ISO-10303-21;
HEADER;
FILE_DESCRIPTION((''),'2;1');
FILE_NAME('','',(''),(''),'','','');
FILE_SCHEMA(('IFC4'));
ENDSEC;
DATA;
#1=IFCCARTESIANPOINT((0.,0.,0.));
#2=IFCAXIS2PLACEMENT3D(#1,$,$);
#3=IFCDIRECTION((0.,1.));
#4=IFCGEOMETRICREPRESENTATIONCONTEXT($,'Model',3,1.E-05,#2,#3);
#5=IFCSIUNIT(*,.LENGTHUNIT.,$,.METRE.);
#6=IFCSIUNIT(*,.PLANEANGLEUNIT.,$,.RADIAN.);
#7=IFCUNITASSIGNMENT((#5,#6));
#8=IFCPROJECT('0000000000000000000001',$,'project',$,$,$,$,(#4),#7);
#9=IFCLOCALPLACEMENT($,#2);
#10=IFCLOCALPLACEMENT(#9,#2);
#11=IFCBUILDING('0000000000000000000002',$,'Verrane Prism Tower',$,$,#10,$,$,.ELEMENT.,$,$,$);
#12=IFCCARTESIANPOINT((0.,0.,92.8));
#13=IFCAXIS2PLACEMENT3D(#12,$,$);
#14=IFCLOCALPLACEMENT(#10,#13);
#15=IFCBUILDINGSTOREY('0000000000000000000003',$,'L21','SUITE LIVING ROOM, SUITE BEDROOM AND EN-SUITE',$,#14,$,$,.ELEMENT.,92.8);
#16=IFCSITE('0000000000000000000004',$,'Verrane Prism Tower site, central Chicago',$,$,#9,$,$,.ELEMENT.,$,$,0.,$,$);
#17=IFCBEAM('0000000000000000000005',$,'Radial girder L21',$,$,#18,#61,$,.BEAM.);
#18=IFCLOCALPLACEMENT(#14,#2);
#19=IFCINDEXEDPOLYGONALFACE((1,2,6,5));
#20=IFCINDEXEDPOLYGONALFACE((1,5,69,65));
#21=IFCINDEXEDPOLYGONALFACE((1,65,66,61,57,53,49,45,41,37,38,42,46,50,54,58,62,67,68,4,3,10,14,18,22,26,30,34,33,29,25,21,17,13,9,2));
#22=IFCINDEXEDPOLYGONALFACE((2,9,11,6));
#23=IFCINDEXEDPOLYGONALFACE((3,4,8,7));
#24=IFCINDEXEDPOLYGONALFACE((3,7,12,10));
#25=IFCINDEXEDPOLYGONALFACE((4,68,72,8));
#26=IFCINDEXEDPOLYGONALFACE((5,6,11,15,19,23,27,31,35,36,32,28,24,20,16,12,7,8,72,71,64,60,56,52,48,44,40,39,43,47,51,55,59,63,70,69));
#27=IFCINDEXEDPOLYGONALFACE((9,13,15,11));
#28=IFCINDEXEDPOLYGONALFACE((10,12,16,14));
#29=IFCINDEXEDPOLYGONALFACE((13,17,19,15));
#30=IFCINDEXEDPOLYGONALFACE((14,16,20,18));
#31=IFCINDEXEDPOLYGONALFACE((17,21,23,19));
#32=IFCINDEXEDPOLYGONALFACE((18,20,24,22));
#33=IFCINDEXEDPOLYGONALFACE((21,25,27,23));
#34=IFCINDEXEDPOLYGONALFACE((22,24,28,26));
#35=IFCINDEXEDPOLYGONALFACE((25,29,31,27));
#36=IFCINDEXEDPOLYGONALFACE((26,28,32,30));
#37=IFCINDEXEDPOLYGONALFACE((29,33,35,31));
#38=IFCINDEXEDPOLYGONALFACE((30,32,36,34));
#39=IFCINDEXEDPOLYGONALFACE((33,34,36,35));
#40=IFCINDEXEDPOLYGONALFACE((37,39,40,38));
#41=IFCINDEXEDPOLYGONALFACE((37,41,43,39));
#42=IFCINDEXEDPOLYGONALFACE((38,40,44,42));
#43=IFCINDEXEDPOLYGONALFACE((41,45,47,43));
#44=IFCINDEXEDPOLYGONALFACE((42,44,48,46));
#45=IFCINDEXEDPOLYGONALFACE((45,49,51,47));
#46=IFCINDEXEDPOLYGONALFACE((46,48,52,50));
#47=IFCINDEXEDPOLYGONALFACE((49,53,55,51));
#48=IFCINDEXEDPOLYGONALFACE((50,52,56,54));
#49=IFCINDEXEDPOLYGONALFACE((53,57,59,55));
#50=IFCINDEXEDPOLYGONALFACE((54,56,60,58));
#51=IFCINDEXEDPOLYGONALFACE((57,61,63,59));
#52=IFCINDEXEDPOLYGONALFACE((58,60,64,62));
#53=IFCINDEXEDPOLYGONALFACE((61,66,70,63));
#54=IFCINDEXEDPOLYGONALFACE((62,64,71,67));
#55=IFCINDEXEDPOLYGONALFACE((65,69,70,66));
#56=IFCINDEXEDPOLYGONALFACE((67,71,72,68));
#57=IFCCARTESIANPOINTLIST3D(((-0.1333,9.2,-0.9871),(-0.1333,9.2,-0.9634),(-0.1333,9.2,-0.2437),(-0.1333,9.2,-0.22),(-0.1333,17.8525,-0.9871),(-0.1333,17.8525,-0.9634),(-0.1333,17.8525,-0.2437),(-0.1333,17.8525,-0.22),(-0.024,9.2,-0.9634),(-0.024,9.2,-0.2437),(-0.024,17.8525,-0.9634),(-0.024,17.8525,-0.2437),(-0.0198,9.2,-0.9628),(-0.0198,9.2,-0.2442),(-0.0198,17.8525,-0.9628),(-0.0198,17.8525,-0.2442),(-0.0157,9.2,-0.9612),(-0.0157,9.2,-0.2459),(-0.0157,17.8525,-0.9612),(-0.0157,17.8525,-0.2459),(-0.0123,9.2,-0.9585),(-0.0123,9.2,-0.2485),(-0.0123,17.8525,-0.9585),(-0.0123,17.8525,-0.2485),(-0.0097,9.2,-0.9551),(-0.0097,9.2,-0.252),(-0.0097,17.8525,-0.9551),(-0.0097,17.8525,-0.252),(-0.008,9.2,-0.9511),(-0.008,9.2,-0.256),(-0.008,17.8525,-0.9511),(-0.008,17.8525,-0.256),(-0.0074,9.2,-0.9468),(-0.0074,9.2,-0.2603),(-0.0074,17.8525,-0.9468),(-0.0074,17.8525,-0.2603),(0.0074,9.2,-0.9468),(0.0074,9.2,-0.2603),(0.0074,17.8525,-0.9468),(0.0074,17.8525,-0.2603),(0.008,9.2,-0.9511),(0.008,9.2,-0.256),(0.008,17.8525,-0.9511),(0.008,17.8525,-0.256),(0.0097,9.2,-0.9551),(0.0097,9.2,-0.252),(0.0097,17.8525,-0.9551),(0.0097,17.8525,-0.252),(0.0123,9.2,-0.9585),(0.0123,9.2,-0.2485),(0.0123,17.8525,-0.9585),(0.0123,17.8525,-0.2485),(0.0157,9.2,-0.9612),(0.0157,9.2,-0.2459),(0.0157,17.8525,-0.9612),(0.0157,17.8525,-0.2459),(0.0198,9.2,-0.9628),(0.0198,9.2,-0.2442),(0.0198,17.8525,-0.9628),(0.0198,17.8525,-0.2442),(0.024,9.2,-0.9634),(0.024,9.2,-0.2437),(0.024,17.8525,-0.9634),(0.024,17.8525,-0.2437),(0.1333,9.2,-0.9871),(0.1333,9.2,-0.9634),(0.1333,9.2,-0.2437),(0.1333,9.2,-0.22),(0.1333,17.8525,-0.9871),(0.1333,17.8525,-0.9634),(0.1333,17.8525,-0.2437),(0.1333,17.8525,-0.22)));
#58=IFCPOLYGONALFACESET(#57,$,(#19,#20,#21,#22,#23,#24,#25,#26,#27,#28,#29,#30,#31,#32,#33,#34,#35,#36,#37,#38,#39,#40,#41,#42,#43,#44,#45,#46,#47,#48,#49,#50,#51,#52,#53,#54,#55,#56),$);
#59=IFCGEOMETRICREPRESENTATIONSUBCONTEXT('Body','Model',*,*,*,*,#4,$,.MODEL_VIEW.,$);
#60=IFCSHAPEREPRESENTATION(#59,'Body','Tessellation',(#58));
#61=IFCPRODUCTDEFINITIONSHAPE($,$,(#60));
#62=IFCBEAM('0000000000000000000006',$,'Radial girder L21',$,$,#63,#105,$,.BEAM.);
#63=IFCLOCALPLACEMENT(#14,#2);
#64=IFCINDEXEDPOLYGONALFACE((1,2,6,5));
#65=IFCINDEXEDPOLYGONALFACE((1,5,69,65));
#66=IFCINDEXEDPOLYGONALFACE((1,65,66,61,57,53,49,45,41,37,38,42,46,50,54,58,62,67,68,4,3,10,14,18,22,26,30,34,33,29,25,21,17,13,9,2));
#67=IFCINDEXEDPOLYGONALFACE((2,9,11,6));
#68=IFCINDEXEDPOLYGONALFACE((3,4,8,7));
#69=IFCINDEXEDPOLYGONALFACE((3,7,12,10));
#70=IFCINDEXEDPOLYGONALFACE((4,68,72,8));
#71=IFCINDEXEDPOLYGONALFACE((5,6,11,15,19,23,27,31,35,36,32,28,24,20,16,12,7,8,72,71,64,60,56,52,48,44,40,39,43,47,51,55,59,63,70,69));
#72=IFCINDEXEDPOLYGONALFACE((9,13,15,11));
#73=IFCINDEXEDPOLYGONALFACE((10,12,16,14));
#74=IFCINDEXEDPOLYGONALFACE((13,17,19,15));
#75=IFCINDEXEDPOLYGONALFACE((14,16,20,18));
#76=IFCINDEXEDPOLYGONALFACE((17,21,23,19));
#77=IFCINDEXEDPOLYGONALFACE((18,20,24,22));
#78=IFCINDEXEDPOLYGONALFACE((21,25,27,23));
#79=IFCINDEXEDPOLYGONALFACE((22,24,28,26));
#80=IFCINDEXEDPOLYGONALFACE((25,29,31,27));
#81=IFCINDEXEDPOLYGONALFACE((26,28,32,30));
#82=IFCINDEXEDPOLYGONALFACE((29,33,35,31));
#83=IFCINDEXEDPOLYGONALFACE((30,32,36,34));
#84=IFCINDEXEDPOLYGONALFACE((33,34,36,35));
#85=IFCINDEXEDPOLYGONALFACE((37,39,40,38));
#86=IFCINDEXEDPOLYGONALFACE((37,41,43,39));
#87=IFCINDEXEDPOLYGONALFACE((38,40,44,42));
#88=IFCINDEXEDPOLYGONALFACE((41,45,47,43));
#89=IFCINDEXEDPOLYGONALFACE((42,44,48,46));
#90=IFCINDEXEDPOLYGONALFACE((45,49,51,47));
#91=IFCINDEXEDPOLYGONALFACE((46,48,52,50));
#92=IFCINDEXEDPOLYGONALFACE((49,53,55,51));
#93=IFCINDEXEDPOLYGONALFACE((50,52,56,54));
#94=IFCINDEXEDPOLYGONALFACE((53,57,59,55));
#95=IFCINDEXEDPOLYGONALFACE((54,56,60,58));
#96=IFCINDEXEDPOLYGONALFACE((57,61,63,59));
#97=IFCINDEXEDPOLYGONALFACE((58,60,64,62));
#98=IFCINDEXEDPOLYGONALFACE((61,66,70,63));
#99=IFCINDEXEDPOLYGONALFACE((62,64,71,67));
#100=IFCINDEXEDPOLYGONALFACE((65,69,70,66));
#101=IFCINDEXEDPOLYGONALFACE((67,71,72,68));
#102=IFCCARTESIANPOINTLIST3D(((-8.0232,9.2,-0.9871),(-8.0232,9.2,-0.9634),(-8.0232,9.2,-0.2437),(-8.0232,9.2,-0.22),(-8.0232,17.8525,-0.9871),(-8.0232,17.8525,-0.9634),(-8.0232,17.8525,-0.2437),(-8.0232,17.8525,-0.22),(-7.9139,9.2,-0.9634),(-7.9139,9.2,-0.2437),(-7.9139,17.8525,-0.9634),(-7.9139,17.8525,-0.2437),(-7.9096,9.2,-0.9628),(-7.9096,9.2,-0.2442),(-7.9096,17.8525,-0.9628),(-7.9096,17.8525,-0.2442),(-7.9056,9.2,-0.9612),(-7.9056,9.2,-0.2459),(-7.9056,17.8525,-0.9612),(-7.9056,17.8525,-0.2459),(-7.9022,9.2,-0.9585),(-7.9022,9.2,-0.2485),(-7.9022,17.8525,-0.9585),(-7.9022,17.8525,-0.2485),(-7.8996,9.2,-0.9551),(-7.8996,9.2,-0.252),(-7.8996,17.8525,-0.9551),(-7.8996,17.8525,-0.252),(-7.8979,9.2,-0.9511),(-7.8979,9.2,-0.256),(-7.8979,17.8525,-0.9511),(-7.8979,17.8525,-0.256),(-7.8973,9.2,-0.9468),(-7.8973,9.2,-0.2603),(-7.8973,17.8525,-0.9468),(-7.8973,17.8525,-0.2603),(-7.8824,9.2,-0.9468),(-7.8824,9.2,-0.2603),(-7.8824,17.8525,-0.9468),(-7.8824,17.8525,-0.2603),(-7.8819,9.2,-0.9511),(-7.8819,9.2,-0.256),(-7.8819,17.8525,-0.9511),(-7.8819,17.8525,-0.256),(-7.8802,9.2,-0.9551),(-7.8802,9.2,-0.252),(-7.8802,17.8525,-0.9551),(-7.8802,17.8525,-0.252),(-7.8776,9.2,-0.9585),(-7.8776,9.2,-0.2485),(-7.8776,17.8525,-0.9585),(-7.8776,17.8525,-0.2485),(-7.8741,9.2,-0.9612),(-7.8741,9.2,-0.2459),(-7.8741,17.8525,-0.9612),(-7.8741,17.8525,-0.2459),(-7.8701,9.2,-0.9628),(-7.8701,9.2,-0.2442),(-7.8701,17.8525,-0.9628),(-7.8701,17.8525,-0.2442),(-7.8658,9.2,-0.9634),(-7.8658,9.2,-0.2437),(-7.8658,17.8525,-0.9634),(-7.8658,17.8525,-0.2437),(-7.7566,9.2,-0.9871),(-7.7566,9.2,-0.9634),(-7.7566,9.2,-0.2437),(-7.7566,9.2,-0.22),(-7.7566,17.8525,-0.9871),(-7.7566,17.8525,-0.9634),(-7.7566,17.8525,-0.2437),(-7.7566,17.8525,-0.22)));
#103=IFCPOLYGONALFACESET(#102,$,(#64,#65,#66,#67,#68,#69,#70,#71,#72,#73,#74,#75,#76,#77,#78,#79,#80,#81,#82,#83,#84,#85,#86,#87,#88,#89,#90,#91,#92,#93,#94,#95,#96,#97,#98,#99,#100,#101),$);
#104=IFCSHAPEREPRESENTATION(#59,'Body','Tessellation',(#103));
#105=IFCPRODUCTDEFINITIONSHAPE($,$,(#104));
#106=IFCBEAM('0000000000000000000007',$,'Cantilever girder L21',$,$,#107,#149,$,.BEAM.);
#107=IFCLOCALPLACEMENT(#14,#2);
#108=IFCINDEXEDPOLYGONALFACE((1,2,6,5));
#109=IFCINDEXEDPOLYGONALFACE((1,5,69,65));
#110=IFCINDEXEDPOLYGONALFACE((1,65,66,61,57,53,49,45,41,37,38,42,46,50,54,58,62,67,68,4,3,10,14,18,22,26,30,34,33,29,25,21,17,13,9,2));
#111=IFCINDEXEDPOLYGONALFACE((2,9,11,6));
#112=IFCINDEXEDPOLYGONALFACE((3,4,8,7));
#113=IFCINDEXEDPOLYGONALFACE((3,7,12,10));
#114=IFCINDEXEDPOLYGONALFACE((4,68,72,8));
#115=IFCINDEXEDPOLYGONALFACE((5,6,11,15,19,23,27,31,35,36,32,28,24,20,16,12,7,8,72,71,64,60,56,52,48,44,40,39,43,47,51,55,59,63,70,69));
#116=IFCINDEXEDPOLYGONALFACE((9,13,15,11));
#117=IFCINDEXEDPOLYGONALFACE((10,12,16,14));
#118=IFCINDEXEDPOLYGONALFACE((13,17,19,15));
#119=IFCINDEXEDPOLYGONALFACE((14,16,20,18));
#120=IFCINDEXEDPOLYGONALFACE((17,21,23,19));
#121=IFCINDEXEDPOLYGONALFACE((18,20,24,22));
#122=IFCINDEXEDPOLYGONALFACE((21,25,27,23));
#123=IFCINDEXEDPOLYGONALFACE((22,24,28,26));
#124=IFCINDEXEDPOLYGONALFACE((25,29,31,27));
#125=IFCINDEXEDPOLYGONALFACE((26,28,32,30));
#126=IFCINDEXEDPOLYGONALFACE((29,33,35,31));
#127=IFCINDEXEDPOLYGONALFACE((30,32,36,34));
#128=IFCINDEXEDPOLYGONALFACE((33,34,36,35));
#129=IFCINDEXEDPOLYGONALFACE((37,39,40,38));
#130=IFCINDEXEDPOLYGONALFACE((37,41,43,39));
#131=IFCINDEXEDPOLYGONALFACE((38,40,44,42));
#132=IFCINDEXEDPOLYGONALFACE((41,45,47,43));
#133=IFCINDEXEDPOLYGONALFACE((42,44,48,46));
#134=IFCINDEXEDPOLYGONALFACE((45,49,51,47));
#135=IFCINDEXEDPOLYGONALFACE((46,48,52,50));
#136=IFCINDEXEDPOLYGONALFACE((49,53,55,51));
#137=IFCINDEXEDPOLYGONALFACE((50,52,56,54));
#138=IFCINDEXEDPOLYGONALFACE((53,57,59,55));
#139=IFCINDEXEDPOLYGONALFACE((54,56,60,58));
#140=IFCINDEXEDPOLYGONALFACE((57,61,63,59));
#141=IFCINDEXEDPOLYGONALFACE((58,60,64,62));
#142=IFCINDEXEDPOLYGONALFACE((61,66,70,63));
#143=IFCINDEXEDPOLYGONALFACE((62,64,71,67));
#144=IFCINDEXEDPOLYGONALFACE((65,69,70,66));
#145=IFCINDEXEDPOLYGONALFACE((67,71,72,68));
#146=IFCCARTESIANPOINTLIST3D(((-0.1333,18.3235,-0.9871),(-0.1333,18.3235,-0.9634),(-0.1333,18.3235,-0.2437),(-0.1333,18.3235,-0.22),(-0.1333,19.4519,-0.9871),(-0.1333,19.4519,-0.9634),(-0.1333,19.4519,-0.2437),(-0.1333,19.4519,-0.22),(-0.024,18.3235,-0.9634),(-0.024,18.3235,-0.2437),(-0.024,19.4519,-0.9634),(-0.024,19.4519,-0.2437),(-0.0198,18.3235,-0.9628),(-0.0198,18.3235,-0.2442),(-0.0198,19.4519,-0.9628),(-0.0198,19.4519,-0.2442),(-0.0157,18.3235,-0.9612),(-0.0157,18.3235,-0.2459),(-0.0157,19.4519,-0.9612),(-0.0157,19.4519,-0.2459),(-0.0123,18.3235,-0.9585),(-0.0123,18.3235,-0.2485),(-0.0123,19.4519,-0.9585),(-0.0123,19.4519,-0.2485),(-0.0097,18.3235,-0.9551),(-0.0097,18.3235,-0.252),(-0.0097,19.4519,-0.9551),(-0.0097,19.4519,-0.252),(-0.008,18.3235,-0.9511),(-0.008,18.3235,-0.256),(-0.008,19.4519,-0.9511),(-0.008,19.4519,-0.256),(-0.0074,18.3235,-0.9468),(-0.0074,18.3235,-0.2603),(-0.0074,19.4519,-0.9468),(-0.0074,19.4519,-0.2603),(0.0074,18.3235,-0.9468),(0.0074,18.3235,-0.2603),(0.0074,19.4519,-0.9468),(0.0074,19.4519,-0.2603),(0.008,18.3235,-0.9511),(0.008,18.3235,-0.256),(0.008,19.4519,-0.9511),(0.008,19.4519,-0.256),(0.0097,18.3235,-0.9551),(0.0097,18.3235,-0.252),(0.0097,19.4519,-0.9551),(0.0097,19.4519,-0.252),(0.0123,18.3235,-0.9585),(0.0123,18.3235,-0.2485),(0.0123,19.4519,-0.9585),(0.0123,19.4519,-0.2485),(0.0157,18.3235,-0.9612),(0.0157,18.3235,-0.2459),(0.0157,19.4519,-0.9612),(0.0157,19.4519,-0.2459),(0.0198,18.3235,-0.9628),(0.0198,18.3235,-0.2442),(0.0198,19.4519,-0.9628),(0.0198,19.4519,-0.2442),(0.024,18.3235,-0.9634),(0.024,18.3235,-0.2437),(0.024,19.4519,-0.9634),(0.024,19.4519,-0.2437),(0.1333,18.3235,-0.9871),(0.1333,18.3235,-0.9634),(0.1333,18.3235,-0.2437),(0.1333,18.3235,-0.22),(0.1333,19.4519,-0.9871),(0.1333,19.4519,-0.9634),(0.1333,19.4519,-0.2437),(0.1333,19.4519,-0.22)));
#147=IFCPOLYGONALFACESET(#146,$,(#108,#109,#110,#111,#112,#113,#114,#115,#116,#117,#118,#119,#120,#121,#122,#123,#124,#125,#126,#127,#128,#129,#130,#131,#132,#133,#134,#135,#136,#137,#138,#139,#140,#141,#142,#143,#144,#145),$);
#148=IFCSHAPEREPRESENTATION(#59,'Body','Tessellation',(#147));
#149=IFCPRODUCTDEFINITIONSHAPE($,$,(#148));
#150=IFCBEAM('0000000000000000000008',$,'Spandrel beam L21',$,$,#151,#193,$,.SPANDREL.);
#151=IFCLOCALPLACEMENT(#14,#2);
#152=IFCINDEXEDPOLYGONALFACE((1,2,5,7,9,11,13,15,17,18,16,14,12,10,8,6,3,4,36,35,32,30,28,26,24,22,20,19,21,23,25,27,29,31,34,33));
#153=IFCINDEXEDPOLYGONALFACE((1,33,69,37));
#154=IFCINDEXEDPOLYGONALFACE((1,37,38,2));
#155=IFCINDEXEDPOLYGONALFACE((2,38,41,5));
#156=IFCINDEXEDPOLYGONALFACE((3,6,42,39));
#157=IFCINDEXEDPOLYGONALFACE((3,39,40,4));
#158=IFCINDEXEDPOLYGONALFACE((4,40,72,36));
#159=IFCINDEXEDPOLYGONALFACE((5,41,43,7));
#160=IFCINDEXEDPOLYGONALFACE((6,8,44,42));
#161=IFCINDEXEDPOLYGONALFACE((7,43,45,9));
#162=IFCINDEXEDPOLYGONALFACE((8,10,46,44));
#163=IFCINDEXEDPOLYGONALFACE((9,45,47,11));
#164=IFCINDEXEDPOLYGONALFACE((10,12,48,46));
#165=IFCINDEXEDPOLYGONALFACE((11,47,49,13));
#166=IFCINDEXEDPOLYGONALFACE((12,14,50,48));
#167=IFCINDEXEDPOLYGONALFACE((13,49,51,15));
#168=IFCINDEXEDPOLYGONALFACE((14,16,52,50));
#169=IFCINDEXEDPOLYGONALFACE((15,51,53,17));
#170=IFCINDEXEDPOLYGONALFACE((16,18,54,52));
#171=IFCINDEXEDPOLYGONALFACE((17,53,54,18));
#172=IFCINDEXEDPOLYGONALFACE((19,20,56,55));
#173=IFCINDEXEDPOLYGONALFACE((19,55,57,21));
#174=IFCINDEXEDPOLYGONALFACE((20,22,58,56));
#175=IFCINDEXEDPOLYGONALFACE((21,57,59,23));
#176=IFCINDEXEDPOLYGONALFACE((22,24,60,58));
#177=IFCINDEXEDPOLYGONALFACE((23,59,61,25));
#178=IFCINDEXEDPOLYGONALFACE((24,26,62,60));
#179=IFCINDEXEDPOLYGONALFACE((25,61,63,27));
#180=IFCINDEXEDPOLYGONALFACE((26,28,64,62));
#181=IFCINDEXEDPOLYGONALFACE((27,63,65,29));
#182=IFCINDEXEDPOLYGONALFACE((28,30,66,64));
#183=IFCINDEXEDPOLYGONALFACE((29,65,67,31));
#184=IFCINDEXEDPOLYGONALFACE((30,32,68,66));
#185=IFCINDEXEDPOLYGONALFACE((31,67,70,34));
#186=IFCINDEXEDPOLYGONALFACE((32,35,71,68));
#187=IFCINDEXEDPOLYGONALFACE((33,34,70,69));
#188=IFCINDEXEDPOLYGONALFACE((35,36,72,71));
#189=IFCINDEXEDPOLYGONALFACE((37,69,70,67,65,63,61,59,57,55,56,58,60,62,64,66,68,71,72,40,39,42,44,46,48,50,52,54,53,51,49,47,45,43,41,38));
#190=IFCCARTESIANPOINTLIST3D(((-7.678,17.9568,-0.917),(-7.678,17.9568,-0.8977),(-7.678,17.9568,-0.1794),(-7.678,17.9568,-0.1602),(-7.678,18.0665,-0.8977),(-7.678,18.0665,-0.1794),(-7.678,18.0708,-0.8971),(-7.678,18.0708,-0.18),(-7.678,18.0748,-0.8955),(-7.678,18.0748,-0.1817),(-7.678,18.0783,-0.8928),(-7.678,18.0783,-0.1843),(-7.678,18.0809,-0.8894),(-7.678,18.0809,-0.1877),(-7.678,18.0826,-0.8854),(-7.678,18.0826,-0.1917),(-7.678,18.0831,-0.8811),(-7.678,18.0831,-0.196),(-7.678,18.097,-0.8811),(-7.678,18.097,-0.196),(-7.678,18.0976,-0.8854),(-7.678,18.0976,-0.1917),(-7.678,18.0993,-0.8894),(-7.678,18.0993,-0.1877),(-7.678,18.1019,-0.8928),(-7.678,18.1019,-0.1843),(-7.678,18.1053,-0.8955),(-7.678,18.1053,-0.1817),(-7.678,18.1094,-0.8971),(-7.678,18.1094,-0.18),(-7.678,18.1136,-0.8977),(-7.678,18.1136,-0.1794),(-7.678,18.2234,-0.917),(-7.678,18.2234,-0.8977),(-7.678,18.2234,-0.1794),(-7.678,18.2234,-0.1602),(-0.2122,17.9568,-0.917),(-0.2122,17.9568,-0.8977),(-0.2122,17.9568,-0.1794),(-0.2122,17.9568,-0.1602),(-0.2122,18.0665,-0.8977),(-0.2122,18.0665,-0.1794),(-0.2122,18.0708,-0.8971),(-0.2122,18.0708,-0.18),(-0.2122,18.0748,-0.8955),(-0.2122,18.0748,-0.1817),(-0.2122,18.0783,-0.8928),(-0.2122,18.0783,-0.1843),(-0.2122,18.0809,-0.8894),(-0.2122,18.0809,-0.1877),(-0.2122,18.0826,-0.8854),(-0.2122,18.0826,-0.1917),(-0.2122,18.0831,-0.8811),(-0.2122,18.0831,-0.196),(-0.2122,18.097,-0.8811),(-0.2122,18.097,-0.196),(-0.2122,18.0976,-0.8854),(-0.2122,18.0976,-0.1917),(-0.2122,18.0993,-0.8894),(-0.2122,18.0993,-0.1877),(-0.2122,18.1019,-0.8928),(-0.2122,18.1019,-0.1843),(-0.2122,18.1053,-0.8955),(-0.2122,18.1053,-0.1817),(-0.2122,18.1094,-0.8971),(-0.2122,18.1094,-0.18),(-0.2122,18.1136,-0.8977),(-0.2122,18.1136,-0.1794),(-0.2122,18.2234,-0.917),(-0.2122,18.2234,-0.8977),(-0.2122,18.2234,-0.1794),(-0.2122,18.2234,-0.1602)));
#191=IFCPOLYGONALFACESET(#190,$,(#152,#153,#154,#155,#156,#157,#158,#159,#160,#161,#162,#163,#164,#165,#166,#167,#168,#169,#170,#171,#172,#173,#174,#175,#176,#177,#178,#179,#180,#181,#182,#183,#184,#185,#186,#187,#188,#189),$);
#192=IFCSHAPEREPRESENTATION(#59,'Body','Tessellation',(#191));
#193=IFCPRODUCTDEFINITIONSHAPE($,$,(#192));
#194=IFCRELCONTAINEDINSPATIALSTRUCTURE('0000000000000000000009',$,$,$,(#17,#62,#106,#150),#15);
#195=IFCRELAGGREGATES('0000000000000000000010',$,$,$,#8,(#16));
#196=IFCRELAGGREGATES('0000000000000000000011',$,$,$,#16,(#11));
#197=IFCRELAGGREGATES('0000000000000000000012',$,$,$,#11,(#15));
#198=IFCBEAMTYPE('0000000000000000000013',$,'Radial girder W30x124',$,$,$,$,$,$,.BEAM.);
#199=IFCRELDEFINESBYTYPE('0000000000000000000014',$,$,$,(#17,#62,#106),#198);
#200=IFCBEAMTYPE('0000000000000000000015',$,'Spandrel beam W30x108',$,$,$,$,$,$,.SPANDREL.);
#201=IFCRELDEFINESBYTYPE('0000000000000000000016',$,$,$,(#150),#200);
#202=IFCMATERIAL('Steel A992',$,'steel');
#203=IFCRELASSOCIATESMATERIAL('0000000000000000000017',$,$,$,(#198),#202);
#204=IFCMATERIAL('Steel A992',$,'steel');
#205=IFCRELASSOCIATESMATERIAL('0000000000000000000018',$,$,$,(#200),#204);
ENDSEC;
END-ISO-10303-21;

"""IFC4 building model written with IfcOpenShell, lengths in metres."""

from ifc_helpers import new_model, si_unit, direction, frame, origin, origin_2d, place, context, subcontext, project, spatial, i_section, extrude, material, material_profile, profile_set, type_object, element, save


model = new_model("IFC4")

# Units and contexts
model_context = context("Model", 3, precision=1e-05, world=origin(), true_north=direction((0.0, 1.0)))
body_context = subcontext(model_context, "Body", "Model", "MODEL_VIEW")
ifc_project = project(units=[si_unit("LENGTHUNIT", "METRE"), si_unit("PLANEANGLEUNIT", "RADIAN")], contexts=[model_context])

# Site, building, storey
site_placement = place(None, origin())
site = spatial("IfcSite", under=ifc_project, at=site_placement, Name="Verrane Prism Tower site, central Chicago", CompositionType="ELEMENT", RefElevation=0.0)
building_placement = place(site_placement, origin())
building = spatial("IfcBuilding", under=site, at=building_placement, Name="Verrane Prism Tower", CompositionType="ELEMENT")
storey_placement = place(building_placement, frame((0.0, 0.0, 92.8)))
storey = spatial("IfcBuildingStorey", under=building, at=storey_placement, Name="L21", Description="SUITE LIVING ROOM, SUITE BEDROOM AND EN-SUITE", CompositionType="ELEMENT", Elevation=92.8)

# Beams
ifc_material_1 = material(Name="Steel A992", Category="steel")
ifc_material_profile_1 = material_profile(ifc_material_1, i_section(OverallWidth=0.2666, OverallDepth=0.7671, WebThickness=0.0149, FlangeThickness=0.0237, FilletRadius=0.0166, at=origin_2d()), Name="W30x124")
ifc_profile_set_1 = profile_set([ifc_material_profile_1], Name="Steel A992")
beam_type_1 = type_object("IfcBeamType", Name="Radial girder W30x124", PredefinedType="BEAM", material=ifc_profile_set_1)
for number, where, z_axis, x_axis, name in (
    (1, (0.0, 17.8525, -0.6035), (0.0, -1.0, 0.0), (1.0, 0.0, 0.0), "Radial girder L21"),
    (2, (-7.8899, 17.8525, -0.6035), (0.0, -1.0, 0.0), (1.0, 0.0, 0.0), "Radial girder L21"),
):
    element("IfcBeam", number, at=place(storey_placement, frame(where, z_axis=z_axis, x_axis=x_axis)), inside=storey, type_object=beam_type_1, Name=name, PredefinedType="BEAM", context=body_context, shape_type="SweptSolid", body=[
        extrude(i_section(OverallWidth=0.2666, OverallDepth=0.7671, WebThickness=0.0149, FlangeThickness=0.0237, FilletRadius=0.0166, at=origin_2d()), origin(), (0.0, 0.0, 1.0), 8.6526),
    ])
beam_1_placement = place(storey_placement, frame((0.0, 18.3235, -0.6035), z_axis=(0.0, 1.0, 0.0), x_axis=(-1.0, 0.0, 0.0)))
element("IfcBeam", 3, at=beam_1_placement, inside=storey, type_object=beam_type_1, Name="Cantilever girder L21", PredefinedType="BEAM", context=body_context, shape_type="SweptSolid", body=[
    extrude(i_section(OverallWidth=0.2666, OverallDepth=0.7671, WebThickness=0.0149, FlangeThickness=0.0237, FilletRadius=0.0166, at=origin_2d()), origin(), (0.0, 0.0, 1.0), 1.1284),
])
ifc_material_2 = material(Name="Steel A992", Category="steel")
ifc_material_profile_2 = material_profile(ifc_material_2, i_section(OverallWidth=0.2666, OverallDepth=0.7568, WebThickness=0.0139, FlangeThickness=0.0193, FilletRadius=0.0166, at=origin_2d()), Name="W30x108")
ifc_profile_set_2 = profile_set([ifc_material_profile_2], Name="Steel A992")
beam_type_2 = type_object("IfcBeamType", Name="Spandrel beam W30x108", PredefinedType="SPANDREL", material=ifc_profile_set_2)
for number, where, z_axis, x_axis, name in (
    (4, (-0.2122, 18.0901, -0.5386), (-1.0, 0.0, 0.0), (0.0, -1.0, 0.0), "Spandrel beam L21"),
):
    element("IfcBeam", number, at=place(storey_placement, frame(where, z_axis=z_axis, x_axis=x_axis)), inside=storey, type_object=beam_type_2, Name=name, PredefinedType="SPANDREL", context=body_context, shape_type="SweptSolid", body=[
        extrude(i_section(OverallWidth=0.2666, OverallDepth=0.7568, WebThickness=0.0139, FlangeThickness=0.0193, FilletRadius=0.0166, at=origin_2d()), origin(), (0.0, 0.0, 1.0), 7.4658),
    ])

save(model, "model.ifc")
